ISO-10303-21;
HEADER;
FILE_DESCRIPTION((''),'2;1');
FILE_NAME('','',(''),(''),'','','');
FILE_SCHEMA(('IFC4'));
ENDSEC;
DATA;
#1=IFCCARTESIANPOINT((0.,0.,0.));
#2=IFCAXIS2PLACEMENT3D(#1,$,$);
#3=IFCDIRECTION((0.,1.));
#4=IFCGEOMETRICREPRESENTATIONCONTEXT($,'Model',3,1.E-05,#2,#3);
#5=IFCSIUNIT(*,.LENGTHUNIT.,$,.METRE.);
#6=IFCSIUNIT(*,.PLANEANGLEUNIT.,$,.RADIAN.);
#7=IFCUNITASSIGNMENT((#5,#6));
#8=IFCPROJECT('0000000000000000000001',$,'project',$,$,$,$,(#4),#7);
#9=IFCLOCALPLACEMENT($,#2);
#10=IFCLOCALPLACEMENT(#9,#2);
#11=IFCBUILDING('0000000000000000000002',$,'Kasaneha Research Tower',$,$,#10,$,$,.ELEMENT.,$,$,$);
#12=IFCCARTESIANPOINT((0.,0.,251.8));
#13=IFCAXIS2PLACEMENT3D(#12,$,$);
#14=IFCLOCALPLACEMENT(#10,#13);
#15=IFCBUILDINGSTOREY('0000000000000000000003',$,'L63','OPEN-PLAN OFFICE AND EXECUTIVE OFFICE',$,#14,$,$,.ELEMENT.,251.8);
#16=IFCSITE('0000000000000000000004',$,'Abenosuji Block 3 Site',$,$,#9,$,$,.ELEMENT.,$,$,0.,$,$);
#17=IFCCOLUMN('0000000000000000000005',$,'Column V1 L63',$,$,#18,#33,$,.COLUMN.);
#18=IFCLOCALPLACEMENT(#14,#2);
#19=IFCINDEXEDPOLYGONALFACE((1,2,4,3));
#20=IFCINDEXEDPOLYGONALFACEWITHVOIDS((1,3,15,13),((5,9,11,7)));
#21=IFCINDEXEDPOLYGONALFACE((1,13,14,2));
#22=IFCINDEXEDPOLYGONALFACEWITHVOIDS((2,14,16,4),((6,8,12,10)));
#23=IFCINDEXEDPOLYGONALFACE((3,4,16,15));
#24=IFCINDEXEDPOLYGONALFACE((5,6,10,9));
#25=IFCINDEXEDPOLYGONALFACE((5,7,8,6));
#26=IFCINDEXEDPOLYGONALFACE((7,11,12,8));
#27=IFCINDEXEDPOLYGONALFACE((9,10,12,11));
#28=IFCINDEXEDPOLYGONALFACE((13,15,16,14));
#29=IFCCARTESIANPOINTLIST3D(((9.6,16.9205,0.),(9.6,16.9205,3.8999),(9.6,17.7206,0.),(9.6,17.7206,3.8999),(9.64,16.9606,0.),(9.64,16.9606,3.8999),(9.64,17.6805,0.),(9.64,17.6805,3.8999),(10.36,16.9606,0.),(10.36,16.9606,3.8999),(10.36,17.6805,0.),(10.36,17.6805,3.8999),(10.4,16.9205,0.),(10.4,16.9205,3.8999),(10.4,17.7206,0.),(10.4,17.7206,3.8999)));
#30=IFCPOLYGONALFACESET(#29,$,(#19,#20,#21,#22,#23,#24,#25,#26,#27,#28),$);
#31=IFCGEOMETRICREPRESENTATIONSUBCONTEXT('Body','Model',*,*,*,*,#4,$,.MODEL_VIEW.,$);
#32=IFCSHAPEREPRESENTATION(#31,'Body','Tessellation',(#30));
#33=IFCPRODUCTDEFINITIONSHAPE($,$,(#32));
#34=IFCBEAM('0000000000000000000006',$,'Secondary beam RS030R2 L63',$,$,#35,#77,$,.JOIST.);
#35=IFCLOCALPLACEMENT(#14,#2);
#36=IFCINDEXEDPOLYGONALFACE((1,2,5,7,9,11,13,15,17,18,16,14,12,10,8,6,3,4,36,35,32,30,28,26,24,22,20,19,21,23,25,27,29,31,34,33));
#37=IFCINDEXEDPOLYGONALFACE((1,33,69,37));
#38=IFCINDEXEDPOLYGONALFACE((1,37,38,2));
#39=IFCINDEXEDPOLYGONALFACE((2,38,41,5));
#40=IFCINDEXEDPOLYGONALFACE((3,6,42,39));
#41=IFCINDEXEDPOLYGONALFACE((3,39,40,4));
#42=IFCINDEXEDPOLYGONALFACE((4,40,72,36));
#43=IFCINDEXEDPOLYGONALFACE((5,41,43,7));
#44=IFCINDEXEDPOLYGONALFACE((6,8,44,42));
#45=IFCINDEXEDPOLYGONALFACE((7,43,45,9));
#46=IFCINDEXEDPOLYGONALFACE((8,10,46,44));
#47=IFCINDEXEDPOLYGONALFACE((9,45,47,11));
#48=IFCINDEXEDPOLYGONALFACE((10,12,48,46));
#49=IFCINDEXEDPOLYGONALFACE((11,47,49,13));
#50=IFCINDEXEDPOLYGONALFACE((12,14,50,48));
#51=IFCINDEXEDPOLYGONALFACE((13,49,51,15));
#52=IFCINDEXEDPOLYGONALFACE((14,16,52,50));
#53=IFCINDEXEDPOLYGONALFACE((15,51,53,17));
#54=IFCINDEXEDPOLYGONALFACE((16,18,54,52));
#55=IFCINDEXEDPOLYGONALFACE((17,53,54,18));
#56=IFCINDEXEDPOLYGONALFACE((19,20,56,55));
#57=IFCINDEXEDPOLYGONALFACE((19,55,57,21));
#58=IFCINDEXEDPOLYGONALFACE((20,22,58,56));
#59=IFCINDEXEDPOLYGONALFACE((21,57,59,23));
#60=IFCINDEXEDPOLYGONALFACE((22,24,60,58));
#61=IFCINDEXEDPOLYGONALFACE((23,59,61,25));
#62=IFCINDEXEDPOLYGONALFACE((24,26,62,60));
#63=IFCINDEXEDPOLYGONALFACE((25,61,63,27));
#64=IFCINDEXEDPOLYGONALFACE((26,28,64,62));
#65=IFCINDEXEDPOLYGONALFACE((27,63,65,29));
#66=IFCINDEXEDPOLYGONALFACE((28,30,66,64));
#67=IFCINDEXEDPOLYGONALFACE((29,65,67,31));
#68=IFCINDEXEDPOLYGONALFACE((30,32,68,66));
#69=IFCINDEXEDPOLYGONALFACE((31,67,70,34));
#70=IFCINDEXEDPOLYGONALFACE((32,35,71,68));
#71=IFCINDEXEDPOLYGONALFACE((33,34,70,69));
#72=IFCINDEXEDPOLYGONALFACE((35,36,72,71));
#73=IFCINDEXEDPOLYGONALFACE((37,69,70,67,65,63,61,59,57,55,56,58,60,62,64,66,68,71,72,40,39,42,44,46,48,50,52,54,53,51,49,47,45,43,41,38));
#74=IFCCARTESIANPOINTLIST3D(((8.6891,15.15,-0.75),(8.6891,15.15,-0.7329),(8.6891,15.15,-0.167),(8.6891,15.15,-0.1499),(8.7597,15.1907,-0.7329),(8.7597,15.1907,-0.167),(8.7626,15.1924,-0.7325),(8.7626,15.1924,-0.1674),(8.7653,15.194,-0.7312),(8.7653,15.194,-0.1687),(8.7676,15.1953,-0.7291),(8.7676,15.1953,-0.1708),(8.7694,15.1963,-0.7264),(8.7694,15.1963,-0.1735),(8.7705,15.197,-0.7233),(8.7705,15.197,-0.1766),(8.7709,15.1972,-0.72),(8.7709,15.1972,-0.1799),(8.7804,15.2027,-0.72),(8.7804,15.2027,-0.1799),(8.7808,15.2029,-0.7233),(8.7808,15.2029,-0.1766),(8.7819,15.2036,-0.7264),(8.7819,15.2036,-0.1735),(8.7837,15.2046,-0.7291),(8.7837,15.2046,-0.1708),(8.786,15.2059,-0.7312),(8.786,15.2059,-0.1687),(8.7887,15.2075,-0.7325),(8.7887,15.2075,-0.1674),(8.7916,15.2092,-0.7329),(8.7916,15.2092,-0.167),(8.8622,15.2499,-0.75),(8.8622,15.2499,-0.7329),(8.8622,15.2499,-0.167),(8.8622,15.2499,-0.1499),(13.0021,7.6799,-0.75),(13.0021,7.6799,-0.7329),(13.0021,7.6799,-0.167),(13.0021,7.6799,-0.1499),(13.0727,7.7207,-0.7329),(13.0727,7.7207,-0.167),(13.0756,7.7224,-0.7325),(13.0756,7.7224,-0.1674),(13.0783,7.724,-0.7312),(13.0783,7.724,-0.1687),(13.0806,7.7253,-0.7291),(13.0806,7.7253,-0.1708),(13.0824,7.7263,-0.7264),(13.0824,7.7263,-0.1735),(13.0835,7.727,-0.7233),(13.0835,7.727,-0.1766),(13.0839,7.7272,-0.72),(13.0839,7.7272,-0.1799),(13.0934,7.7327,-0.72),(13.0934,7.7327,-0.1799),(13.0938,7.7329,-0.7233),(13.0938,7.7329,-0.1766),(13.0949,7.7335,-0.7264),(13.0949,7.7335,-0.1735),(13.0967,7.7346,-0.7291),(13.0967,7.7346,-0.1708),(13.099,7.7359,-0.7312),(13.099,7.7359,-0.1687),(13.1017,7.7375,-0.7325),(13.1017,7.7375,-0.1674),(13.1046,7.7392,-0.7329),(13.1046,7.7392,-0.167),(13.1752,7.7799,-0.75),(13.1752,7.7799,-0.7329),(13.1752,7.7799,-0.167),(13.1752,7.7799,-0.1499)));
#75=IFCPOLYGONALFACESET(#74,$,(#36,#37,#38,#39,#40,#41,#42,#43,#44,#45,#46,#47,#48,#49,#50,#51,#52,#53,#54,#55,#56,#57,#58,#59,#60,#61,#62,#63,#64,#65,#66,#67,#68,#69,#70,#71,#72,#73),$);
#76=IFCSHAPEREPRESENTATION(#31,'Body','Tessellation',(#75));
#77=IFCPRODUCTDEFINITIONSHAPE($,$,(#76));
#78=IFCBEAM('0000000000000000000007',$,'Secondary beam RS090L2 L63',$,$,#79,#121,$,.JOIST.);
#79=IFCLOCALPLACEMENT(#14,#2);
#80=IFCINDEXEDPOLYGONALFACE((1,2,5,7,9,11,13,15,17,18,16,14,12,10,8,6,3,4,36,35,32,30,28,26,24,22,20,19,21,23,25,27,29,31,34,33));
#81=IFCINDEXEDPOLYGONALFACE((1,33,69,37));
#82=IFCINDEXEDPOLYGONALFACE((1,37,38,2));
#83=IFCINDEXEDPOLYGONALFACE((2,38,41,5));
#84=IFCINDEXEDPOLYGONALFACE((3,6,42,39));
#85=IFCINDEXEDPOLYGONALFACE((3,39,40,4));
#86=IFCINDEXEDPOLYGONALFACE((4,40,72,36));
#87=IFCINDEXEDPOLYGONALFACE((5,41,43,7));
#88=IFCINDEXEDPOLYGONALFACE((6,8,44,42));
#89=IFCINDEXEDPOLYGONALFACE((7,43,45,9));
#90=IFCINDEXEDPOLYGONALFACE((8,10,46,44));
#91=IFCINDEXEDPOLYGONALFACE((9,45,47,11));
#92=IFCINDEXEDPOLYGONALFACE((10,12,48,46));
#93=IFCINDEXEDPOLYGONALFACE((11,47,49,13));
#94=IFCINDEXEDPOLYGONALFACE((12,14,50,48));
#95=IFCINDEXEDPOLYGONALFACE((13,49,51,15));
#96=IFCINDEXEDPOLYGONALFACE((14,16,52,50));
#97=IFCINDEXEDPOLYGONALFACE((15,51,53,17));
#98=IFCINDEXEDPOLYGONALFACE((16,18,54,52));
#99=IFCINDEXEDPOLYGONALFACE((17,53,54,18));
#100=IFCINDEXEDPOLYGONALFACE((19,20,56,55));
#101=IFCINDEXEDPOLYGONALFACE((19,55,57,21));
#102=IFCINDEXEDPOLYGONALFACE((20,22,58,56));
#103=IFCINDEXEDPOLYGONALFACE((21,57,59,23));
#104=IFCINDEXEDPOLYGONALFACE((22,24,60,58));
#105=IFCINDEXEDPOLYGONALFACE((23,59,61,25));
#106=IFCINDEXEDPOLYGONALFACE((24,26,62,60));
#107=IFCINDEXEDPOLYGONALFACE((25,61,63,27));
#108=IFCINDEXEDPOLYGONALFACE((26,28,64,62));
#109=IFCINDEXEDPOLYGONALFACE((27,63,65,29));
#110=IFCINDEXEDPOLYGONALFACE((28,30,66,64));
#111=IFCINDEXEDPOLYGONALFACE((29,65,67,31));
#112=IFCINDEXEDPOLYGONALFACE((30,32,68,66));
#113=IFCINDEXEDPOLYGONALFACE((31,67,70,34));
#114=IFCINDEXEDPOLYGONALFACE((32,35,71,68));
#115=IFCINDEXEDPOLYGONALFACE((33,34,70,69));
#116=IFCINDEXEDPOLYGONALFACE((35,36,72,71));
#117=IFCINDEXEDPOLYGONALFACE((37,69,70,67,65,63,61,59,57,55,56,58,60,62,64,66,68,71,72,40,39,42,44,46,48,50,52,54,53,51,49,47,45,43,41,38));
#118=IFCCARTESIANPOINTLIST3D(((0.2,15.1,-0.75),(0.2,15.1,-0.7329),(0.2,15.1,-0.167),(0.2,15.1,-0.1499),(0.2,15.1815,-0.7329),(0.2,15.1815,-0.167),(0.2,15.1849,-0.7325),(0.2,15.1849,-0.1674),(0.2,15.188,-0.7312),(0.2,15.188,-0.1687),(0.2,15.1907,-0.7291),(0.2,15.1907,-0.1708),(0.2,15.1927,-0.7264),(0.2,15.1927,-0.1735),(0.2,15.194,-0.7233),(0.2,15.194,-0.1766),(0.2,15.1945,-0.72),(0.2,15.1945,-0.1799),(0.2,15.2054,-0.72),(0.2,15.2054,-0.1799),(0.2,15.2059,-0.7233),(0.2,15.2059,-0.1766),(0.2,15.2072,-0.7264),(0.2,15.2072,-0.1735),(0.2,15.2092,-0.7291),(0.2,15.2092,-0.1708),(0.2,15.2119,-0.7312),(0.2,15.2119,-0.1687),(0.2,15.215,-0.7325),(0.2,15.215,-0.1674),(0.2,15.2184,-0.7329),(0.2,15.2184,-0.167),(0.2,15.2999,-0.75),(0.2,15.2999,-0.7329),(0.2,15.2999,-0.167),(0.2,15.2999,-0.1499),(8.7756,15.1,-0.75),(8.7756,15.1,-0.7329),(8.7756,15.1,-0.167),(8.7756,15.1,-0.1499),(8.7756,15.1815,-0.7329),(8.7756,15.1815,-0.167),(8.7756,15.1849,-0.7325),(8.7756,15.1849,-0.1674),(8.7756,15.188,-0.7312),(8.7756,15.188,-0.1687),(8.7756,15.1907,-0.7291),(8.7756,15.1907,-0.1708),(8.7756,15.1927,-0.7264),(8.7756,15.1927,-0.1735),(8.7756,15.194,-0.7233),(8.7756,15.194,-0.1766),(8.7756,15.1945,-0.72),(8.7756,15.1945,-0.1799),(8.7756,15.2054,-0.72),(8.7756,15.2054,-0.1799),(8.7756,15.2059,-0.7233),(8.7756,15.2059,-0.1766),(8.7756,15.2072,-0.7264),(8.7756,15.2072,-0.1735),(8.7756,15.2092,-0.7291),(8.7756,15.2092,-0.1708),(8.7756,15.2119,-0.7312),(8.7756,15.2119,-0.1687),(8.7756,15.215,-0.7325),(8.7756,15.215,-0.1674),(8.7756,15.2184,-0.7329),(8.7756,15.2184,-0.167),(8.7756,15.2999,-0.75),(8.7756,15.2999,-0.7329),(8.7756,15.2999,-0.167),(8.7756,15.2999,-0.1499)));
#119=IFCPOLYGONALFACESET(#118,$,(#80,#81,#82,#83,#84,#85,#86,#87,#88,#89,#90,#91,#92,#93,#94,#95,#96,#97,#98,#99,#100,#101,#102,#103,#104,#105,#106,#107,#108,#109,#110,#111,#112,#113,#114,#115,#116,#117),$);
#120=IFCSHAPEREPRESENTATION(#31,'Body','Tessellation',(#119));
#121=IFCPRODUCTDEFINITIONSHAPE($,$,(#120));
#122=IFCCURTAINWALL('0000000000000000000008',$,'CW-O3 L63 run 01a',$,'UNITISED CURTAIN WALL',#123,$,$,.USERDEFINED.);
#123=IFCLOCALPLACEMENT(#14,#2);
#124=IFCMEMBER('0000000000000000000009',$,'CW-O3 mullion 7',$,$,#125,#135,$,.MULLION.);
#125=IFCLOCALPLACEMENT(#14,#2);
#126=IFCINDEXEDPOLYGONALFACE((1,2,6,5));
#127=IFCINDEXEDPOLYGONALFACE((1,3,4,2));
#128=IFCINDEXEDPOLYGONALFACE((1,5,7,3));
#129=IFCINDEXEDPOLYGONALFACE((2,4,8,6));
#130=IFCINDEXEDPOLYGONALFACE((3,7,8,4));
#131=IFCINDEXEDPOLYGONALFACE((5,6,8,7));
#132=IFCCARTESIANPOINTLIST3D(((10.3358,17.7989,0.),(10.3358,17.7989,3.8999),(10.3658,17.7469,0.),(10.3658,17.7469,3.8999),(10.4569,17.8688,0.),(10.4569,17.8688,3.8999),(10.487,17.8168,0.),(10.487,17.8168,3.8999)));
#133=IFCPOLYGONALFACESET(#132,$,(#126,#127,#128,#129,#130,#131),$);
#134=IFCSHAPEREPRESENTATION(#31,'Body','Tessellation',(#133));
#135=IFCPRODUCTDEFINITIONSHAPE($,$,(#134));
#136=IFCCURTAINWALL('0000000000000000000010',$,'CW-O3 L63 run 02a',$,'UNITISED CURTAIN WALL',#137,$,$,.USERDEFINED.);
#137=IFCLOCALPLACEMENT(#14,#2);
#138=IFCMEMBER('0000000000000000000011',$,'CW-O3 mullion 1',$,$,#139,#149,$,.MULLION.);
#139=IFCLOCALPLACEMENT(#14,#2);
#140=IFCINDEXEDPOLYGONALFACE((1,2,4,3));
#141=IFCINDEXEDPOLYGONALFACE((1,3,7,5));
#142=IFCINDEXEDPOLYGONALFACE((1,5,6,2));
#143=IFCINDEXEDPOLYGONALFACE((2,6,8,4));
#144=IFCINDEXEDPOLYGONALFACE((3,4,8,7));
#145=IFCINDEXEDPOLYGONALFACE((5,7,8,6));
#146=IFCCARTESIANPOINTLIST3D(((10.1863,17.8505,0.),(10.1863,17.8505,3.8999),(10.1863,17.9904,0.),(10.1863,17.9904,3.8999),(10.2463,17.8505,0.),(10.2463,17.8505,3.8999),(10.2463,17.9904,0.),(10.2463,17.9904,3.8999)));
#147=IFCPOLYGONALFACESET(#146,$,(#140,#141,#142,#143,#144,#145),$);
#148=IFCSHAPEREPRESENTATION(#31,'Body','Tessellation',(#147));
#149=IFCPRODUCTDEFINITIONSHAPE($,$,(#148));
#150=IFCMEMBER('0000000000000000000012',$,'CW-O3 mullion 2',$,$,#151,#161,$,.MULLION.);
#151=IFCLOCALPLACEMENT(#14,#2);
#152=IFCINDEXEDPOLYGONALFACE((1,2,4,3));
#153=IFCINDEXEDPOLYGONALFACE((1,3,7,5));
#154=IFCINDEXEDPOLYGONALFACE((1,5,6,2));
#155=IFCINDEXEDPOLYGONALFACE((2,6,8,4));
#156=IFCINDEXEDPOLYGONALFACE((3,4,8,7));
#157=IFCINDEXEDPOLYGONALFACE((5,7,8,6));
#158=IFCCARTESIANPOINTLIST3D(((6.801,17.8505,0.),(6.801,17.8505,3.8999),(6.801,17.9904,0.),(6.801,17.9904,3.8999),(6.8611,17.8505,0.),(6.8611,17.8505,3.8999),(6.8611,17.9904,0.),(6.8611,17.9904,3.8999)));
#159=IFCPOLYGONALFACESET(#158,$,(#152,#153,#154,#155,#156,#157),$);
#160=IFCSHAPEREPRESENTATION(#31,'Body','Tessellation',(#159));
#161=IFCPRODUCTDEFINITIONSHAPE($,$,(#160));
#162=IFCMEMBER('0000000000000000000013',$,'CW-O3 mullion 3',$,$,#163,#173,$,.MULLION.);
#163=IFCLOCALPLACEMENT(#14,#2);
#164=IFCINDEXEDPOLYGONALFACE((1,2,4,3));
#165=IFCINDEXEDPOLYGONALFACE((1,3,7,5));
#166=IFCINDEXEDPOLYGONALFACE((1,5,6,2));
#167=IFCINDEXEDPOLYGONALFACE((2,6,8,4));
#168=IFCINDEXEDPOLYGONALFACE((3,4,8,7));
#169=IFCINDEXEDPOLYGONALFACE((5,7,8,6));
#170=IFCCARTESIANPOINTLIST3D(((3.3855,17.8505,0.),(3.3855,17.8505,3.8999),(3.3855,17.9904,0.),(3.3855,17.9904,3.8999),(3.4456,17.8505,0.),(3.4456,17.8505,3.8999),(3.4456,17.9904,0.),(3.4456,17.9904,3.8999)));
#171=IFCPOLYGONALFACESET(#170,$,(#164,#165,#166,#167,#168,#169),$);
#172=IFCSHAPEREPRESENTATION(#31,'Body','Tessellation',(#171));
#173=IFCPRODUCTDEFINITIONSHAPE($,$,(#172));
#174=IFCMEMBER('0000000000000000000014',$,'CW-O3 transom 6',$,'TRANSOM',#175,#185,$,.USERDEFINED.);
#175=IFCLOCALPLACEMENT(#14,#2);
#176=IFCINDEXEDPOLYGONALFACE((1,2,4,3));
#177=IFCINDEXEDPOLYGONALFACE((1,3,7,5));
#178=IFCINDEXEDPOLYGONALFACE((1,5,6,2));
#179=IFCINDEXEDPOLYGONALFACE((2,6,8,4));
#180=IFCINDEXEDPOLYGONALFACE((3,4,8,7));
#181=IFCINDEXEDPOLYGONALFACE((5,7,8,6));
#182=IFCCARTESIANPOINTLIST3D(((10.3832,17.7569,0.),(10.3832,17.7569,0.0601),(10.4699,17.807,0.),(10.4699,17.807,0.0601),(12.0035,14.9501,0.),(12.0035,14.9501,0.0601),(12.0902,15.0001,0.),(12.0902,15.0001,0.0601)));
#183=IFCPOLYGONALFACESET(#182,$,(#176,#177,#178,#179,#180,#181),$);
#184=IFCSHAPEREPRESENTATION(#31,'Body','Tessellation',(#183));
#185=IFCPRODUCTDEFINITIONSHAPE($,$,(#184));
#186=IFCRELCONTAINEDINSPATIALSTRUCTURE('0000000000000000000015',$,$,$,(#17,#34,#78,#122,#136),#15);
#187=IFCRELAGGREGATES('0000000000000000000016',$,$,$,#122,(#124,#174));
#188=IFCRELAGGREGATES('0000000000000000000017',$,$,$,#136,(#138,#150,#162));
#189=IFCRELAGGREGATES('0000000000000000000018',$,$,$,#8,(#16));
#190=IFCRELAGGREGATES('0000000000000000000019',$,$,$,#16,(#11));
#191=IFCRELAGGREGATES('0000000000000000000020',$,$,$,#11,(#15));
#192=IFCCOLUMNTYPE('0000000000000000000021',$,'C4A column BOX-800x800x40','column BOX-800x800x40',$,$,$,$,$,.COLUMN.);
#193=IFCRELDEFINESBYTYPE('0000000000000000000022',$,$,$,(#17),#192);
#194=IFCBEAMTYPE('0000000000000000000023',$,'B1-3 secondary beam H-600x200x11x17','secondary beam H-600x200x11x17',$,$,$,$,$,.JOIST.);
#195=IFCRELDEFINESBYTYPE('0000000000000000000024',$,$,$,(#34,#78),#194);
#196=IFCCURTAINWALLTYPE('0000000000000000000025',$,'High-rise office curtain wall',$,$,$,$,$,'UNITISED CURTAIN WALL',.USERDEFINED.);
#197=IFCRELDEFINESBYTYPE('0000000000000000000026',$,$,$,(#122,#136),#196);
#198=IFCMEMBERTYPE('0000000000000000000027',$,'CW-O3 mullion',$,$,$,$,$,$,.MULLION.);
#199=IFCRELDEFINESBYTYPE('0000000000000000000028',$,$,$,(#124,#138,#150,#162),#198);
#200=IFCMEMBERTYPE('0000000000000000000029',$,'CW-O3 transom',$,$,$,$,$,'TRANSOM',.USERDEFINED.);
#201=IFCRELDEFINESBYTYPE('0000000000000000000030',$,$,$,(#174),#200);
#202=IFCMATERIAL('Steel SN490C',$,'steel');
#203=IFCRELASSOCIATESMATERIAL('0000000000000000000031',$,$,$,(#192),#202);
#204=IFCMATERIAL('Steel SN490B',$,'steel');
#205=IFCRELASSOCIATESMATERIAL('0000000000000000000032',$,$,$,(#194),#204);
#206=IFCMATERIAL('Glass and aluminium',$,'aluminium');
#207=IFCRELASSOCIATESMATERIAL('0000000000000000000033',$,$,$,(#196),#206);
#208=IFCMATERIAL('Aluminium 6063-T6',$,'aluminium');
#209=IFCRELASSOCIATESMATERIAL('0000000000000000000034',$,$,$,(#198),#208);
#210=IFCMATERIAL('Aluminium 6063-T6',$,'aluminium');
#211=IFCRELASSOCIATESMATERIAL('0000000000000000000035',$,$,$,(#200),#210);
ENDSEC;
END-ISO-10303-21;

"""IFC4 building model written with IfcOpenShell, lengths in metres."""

from ifc_helpers import new_model, si_unit, direction, frame, origin, origin_2d, place, context, subcontext, project, spatial, rectangle, hollow_rectangle, i_section, extrude, material, material_profile, profile_set, type_object, element, aggregate, save


model = new_model("IFC4")

# Units and contexts
model_context = context("Model", 3, precision=1e-05, world=origin(), true_north=direction((0.0, 1.0)))
body_context = subcontext(model_context, "Body", "Model", "MODEL_VIEW")
ifc_project = project(units=[si_unit("LENGTHUNIT", "METRE"), si_unit("PLANEANGLEUNIT", "RADIAN")], contexts=[model_context])

# Site, building, storey
site_placement = place(None, origin())
site = spatial("IfcSite", under=ifc_project, at=site_placement, Name="Abenosuji Block 3 Site", CompositionType="ELEMENT", RefElevation=0.0)
building_placement = place(site_placement, origin())
building = spatial("IfcBuilding", under=site, at=building_placement, Name="Kasaneha Research Tower", CompositionType="ELEMENT")
storey_placement = place(building_placement, frame((0.0, 0.0, 251.8)))
storey = spatial("IfcBuildingStorey", under=building, at=storey_placement, Name="L63", Description="OPEN-PLAN OFFICE AND EXECUTIVE OFFICE", CompositionType="ELEMENT", Elevation=251.8)

# Column
ifc_material_1 = material(Name="Steel SN490C", Category="steel")
ifc_material_profile_1 = material_profile(ifc_material_1, hollow_rectangle(XDim=0.8, YDim=0.8, WallThickness=0.04, at=origin_2d()), Name="BOX-800x800x40")
ifc_profile_set_1 = profile_set([ifc_material_profile_1], Name="Steel SN490C")
column_type = type_object("IfcColumnType", Name="C4A column BOX-800x800x40", Description="column BOX-800x800x40", PredefinedType="COLUMN", material=ifc_profile_set_1)
column_placement = place(storey_placement, frame((10.0, 17.3206, 0.0), z_axis=(0.0, 0.0, 1.0), x_axis=(1.0, 0.0, 0.0)))
element("IfcColumn", 1, at=column_placement, inside=storey, type_object=column_type, Name="Column V1 L63", PredefinedType="COLUMN", context=body_context, shape_type="SweptSolid", body=[
    extrude(hollow_rectangle(XDim=0.8, YDim=0.8, WallThickness=0.04, at=origin_2d()), origin(), (0.0, 0.0, 1.0), 3.8999),
])

# Beams
ifc_material_2 = material(Name="Steel SN490B", Category="steel")
ifc_material_profile_2 = material_profile(ifc_material_2, i_section(OverallWidth=0.2, OverallDepth=0.6001, WebThickness=0.011, FlangeThickness=0.0171, FilletRadius=0.0129, at=origin_2d()), Name="H-600x200x11x17")
ifc_profile_set_2 = profile_set([ifc_material_profile_2], Name="Steel SN490B")
beam_type_1 = type_object("IfcBeamType", Name="B1-3 secondary beam H-600x200x11x17", Description="secondary beam H-600x200x11x17", PredefinedType="JOIST", material=ifc_profile_set_2)
beam_1_placement = place(storey_placement, frame((8.7756, 15.2, -0.45), z_axis=(0.500017, -0.866015, 0.0), x_axis=(0.866015, 0.500017, 0.0)))
element("IfcBeam", 2, at=beam_1_placement, inside=storey, type_object=beam_type_1, Name="Secondary beam RS030R2 L63", PredefinedType="JOIST", context=body_context, shape_type="SweptSolid", body=[
    extrude(i_section(OverallWidth=0.2, OverallDepth=0.6001, WebThickness=0.011, FlangeThickness=0.0171, FilletRadius=0.0129, at=origin_2d()), origin(), (0.0, 0.0, 1.0), 8.6257),
])
beam_2_placement = place(storey_placement, frame((8.7756, 15.2, -0.45), z_axis=(-1.0, 0.0, 0.0), x_axis=(0.0, -1.0, 0.0)))
element("IfcBeam", 3, at=beam_2_placement, inside=storey, type_object=beam_type_1, Name="Secondary beam RS090L2 L63", PredefinedType="JOIST", context=body_context, shape_type="SweptSolid", body=[
    extrude(i_section(OverallWidth=0.2, OverallDepth=0.6001, WebThickness=0.011, FlangeThickness=0.0171, FilletRadius=0.0129, at=origin_2d()), origin(), (0.0, 0.0, 1.0), 8.5757),
])

# Curtain wall, member
ifc_material_3 = material(Name="Glass and aluminium", Category="aluminium")
curtain_wall_type = type_object("IfcCurtainWallType", Name="High-rise office curtain wall", ElementType="UNITISED CURTAIN WALL", PredefinedType="USERDEFINED", material=ifc_material_3)
curtain_wall_1_placement = place(storey_placement, origin())
curtain_wall_1 = element("IfcCurtainWall", 4, at=curtain_wall_1_placement, inside=storey, type_object=curtain_wall_type, Name="CW-O3 L63 run 01a", ObjectType="UNITISED CURTAIN WALL", PredefinedType="USERDEFINED")
ifc_material_4 = material(Name="Aluminium 6063-T6", Category="aluminium")
ifc_material_profile_3 = material_profile(ifc_material_4, rectangle(XDim=0.0601, YDim=0.1399, at=origin_2d()), Name="CW-O3 mullion 60x140")
ifc_profile_set_3 = profile_set([ifc_material_profile_3], Name="Aluminium 6063-T6")
member_type_1 = type_object("IfcMemberType", Name="CW-O3 mullion", PredefinedType="MULLION", material=ifc_profile_set_3)
member_1_placement = place(storey_placement, frame((10.4114, 17.8079, 0.0), z_axis=(0.0, 0.0, 1.0), x_axis=(-0.5, 0.866025, 0.0)))
member_1 = element("IfcMember", 5, at=member_1_placement, type_object=member_type_1, Name="CW-O3 mullion 7", PredefinedType="MULLION", context=body_context, shape_type="SweptSolid", body=[
    extrude(rectangle(XDim=0.0601, YDim=0.1399, at=origin_2d()), origin(), (0.0, 0.0, 1.0), 3.8999),
])

# Curtain wall, members
curtain_wall_2_placement = place(storey_placement, origin())
curtain_wall_2 = element("IfcCurtainWall", 6, at=curtain_wall_2_placement, inside=storey, type_object=curtain_wall_type, Name="CW-O3 L63 run 02a", ObjectType="UNITISED CURTAIN WALL", PredefinedType="USERDEFINED")
member_2_placement = place(storey_placement, frame((10.2163, 17.9204, 0.0), z_axis=(0.0, 0.0, 1.0), x_axis=(-1.0, 0.0, 0.0)))
member_2 = element("IfcMember", 7, at=member_2_placement, type_object=member_type_1, Name="CW-O3 mullion 1", PredefinedType="MULLION", context=body_context, shape_type="SweptSolid", body=[
    extrude(rectangle(XDim=0.0601, YDim=0.1399, at=origin_2d()), origin(), (0.0, 0.0, 1.0), 3.8999),
])
member_3_placement = place(storey_placement, frame((6.8311, 17.9204, 0.0), z_axis=(0.0, 0.0, 1.0), x_axis=(-1.0, 0.0, 0.0)))
member_3 = element("IfcMember", 8, at=member_3_placement, type_object=member_type_1, Name="CW-O3 mullion 2", PredefinedType="MULLION", context=body_context, shape_type="SweptSolid", body=[
    extrude(rectangle(XDim=0.0601, YDim=0.1399, at=origin_2d()), origin(), (0.0, 0.0, 1.0), 3.8999),
])
member_4_placement = place(storey_placement, frame((3.4155, 17.9204, 0.0), z_axis=(0.0, 0.0, 1.0), x_axis=(-1.0, 0.0, 0.0)))
member_4 = element("IfcMember", 9, at=member_4_placement, type_object=member_type_1, Name="CW-O3 mullion 3", PredefinedType="MULLION", context=body_context, shape_type="SweptSolid", body=[
    extrude(rectangle(XDim=0.0601, YDim=0.1399, at=origin_2d()), origin(), (0.0, 0.0, 1.0), 3.8999),
])

# Member
ifc_material_5 = material(Name="Aluminium 6063-T6", Category="aluminium")
ifc_material_profile_4 = material_profile(ifc_material_5, rectangle(XDim=0.1001, YDim=0.0601, at=origin_2d()), Name="CW-O3 transom 100x60")
ifc_profile_set_4 = profile_set([ifc_material_profile_4], Name="Aluminium 6063-T6")
member_type_2 = type_object("IfcMemberType", Name="CW-O3 transom", ElementType="TRANSOM", PredefinedType="USERDEFINED", material=ifc_profile_set_4)
member_5_placement = place(storey_placement, frame((12.0469, 14.9751, 0.03), z_axis=(-0.499955, 0.866051, 0.0), x_axis=(-0.866051, -0.499955, 0.0)))
member_5 = element("IfcMember", 10, at=member_5_placement, type_object=member_type_2, Name="CW-O3 transom 6", ObjectType="TRANSOM", PredefinedType="USERDEFINED", context=body_context, shape_type="SweptSolid", body=[
    extrude(rectangle(XDim=0.1001, YDim=0.0601, at=origin_2d()), origin(), (0.0, 0.0, 1.0), 3.241),
])

aggregate(curtain_wall_1, [member_1, member_5])
aggregate(curtain_wall_2, [member_2, member_3, member_4])

save(model, "model.ifc")
